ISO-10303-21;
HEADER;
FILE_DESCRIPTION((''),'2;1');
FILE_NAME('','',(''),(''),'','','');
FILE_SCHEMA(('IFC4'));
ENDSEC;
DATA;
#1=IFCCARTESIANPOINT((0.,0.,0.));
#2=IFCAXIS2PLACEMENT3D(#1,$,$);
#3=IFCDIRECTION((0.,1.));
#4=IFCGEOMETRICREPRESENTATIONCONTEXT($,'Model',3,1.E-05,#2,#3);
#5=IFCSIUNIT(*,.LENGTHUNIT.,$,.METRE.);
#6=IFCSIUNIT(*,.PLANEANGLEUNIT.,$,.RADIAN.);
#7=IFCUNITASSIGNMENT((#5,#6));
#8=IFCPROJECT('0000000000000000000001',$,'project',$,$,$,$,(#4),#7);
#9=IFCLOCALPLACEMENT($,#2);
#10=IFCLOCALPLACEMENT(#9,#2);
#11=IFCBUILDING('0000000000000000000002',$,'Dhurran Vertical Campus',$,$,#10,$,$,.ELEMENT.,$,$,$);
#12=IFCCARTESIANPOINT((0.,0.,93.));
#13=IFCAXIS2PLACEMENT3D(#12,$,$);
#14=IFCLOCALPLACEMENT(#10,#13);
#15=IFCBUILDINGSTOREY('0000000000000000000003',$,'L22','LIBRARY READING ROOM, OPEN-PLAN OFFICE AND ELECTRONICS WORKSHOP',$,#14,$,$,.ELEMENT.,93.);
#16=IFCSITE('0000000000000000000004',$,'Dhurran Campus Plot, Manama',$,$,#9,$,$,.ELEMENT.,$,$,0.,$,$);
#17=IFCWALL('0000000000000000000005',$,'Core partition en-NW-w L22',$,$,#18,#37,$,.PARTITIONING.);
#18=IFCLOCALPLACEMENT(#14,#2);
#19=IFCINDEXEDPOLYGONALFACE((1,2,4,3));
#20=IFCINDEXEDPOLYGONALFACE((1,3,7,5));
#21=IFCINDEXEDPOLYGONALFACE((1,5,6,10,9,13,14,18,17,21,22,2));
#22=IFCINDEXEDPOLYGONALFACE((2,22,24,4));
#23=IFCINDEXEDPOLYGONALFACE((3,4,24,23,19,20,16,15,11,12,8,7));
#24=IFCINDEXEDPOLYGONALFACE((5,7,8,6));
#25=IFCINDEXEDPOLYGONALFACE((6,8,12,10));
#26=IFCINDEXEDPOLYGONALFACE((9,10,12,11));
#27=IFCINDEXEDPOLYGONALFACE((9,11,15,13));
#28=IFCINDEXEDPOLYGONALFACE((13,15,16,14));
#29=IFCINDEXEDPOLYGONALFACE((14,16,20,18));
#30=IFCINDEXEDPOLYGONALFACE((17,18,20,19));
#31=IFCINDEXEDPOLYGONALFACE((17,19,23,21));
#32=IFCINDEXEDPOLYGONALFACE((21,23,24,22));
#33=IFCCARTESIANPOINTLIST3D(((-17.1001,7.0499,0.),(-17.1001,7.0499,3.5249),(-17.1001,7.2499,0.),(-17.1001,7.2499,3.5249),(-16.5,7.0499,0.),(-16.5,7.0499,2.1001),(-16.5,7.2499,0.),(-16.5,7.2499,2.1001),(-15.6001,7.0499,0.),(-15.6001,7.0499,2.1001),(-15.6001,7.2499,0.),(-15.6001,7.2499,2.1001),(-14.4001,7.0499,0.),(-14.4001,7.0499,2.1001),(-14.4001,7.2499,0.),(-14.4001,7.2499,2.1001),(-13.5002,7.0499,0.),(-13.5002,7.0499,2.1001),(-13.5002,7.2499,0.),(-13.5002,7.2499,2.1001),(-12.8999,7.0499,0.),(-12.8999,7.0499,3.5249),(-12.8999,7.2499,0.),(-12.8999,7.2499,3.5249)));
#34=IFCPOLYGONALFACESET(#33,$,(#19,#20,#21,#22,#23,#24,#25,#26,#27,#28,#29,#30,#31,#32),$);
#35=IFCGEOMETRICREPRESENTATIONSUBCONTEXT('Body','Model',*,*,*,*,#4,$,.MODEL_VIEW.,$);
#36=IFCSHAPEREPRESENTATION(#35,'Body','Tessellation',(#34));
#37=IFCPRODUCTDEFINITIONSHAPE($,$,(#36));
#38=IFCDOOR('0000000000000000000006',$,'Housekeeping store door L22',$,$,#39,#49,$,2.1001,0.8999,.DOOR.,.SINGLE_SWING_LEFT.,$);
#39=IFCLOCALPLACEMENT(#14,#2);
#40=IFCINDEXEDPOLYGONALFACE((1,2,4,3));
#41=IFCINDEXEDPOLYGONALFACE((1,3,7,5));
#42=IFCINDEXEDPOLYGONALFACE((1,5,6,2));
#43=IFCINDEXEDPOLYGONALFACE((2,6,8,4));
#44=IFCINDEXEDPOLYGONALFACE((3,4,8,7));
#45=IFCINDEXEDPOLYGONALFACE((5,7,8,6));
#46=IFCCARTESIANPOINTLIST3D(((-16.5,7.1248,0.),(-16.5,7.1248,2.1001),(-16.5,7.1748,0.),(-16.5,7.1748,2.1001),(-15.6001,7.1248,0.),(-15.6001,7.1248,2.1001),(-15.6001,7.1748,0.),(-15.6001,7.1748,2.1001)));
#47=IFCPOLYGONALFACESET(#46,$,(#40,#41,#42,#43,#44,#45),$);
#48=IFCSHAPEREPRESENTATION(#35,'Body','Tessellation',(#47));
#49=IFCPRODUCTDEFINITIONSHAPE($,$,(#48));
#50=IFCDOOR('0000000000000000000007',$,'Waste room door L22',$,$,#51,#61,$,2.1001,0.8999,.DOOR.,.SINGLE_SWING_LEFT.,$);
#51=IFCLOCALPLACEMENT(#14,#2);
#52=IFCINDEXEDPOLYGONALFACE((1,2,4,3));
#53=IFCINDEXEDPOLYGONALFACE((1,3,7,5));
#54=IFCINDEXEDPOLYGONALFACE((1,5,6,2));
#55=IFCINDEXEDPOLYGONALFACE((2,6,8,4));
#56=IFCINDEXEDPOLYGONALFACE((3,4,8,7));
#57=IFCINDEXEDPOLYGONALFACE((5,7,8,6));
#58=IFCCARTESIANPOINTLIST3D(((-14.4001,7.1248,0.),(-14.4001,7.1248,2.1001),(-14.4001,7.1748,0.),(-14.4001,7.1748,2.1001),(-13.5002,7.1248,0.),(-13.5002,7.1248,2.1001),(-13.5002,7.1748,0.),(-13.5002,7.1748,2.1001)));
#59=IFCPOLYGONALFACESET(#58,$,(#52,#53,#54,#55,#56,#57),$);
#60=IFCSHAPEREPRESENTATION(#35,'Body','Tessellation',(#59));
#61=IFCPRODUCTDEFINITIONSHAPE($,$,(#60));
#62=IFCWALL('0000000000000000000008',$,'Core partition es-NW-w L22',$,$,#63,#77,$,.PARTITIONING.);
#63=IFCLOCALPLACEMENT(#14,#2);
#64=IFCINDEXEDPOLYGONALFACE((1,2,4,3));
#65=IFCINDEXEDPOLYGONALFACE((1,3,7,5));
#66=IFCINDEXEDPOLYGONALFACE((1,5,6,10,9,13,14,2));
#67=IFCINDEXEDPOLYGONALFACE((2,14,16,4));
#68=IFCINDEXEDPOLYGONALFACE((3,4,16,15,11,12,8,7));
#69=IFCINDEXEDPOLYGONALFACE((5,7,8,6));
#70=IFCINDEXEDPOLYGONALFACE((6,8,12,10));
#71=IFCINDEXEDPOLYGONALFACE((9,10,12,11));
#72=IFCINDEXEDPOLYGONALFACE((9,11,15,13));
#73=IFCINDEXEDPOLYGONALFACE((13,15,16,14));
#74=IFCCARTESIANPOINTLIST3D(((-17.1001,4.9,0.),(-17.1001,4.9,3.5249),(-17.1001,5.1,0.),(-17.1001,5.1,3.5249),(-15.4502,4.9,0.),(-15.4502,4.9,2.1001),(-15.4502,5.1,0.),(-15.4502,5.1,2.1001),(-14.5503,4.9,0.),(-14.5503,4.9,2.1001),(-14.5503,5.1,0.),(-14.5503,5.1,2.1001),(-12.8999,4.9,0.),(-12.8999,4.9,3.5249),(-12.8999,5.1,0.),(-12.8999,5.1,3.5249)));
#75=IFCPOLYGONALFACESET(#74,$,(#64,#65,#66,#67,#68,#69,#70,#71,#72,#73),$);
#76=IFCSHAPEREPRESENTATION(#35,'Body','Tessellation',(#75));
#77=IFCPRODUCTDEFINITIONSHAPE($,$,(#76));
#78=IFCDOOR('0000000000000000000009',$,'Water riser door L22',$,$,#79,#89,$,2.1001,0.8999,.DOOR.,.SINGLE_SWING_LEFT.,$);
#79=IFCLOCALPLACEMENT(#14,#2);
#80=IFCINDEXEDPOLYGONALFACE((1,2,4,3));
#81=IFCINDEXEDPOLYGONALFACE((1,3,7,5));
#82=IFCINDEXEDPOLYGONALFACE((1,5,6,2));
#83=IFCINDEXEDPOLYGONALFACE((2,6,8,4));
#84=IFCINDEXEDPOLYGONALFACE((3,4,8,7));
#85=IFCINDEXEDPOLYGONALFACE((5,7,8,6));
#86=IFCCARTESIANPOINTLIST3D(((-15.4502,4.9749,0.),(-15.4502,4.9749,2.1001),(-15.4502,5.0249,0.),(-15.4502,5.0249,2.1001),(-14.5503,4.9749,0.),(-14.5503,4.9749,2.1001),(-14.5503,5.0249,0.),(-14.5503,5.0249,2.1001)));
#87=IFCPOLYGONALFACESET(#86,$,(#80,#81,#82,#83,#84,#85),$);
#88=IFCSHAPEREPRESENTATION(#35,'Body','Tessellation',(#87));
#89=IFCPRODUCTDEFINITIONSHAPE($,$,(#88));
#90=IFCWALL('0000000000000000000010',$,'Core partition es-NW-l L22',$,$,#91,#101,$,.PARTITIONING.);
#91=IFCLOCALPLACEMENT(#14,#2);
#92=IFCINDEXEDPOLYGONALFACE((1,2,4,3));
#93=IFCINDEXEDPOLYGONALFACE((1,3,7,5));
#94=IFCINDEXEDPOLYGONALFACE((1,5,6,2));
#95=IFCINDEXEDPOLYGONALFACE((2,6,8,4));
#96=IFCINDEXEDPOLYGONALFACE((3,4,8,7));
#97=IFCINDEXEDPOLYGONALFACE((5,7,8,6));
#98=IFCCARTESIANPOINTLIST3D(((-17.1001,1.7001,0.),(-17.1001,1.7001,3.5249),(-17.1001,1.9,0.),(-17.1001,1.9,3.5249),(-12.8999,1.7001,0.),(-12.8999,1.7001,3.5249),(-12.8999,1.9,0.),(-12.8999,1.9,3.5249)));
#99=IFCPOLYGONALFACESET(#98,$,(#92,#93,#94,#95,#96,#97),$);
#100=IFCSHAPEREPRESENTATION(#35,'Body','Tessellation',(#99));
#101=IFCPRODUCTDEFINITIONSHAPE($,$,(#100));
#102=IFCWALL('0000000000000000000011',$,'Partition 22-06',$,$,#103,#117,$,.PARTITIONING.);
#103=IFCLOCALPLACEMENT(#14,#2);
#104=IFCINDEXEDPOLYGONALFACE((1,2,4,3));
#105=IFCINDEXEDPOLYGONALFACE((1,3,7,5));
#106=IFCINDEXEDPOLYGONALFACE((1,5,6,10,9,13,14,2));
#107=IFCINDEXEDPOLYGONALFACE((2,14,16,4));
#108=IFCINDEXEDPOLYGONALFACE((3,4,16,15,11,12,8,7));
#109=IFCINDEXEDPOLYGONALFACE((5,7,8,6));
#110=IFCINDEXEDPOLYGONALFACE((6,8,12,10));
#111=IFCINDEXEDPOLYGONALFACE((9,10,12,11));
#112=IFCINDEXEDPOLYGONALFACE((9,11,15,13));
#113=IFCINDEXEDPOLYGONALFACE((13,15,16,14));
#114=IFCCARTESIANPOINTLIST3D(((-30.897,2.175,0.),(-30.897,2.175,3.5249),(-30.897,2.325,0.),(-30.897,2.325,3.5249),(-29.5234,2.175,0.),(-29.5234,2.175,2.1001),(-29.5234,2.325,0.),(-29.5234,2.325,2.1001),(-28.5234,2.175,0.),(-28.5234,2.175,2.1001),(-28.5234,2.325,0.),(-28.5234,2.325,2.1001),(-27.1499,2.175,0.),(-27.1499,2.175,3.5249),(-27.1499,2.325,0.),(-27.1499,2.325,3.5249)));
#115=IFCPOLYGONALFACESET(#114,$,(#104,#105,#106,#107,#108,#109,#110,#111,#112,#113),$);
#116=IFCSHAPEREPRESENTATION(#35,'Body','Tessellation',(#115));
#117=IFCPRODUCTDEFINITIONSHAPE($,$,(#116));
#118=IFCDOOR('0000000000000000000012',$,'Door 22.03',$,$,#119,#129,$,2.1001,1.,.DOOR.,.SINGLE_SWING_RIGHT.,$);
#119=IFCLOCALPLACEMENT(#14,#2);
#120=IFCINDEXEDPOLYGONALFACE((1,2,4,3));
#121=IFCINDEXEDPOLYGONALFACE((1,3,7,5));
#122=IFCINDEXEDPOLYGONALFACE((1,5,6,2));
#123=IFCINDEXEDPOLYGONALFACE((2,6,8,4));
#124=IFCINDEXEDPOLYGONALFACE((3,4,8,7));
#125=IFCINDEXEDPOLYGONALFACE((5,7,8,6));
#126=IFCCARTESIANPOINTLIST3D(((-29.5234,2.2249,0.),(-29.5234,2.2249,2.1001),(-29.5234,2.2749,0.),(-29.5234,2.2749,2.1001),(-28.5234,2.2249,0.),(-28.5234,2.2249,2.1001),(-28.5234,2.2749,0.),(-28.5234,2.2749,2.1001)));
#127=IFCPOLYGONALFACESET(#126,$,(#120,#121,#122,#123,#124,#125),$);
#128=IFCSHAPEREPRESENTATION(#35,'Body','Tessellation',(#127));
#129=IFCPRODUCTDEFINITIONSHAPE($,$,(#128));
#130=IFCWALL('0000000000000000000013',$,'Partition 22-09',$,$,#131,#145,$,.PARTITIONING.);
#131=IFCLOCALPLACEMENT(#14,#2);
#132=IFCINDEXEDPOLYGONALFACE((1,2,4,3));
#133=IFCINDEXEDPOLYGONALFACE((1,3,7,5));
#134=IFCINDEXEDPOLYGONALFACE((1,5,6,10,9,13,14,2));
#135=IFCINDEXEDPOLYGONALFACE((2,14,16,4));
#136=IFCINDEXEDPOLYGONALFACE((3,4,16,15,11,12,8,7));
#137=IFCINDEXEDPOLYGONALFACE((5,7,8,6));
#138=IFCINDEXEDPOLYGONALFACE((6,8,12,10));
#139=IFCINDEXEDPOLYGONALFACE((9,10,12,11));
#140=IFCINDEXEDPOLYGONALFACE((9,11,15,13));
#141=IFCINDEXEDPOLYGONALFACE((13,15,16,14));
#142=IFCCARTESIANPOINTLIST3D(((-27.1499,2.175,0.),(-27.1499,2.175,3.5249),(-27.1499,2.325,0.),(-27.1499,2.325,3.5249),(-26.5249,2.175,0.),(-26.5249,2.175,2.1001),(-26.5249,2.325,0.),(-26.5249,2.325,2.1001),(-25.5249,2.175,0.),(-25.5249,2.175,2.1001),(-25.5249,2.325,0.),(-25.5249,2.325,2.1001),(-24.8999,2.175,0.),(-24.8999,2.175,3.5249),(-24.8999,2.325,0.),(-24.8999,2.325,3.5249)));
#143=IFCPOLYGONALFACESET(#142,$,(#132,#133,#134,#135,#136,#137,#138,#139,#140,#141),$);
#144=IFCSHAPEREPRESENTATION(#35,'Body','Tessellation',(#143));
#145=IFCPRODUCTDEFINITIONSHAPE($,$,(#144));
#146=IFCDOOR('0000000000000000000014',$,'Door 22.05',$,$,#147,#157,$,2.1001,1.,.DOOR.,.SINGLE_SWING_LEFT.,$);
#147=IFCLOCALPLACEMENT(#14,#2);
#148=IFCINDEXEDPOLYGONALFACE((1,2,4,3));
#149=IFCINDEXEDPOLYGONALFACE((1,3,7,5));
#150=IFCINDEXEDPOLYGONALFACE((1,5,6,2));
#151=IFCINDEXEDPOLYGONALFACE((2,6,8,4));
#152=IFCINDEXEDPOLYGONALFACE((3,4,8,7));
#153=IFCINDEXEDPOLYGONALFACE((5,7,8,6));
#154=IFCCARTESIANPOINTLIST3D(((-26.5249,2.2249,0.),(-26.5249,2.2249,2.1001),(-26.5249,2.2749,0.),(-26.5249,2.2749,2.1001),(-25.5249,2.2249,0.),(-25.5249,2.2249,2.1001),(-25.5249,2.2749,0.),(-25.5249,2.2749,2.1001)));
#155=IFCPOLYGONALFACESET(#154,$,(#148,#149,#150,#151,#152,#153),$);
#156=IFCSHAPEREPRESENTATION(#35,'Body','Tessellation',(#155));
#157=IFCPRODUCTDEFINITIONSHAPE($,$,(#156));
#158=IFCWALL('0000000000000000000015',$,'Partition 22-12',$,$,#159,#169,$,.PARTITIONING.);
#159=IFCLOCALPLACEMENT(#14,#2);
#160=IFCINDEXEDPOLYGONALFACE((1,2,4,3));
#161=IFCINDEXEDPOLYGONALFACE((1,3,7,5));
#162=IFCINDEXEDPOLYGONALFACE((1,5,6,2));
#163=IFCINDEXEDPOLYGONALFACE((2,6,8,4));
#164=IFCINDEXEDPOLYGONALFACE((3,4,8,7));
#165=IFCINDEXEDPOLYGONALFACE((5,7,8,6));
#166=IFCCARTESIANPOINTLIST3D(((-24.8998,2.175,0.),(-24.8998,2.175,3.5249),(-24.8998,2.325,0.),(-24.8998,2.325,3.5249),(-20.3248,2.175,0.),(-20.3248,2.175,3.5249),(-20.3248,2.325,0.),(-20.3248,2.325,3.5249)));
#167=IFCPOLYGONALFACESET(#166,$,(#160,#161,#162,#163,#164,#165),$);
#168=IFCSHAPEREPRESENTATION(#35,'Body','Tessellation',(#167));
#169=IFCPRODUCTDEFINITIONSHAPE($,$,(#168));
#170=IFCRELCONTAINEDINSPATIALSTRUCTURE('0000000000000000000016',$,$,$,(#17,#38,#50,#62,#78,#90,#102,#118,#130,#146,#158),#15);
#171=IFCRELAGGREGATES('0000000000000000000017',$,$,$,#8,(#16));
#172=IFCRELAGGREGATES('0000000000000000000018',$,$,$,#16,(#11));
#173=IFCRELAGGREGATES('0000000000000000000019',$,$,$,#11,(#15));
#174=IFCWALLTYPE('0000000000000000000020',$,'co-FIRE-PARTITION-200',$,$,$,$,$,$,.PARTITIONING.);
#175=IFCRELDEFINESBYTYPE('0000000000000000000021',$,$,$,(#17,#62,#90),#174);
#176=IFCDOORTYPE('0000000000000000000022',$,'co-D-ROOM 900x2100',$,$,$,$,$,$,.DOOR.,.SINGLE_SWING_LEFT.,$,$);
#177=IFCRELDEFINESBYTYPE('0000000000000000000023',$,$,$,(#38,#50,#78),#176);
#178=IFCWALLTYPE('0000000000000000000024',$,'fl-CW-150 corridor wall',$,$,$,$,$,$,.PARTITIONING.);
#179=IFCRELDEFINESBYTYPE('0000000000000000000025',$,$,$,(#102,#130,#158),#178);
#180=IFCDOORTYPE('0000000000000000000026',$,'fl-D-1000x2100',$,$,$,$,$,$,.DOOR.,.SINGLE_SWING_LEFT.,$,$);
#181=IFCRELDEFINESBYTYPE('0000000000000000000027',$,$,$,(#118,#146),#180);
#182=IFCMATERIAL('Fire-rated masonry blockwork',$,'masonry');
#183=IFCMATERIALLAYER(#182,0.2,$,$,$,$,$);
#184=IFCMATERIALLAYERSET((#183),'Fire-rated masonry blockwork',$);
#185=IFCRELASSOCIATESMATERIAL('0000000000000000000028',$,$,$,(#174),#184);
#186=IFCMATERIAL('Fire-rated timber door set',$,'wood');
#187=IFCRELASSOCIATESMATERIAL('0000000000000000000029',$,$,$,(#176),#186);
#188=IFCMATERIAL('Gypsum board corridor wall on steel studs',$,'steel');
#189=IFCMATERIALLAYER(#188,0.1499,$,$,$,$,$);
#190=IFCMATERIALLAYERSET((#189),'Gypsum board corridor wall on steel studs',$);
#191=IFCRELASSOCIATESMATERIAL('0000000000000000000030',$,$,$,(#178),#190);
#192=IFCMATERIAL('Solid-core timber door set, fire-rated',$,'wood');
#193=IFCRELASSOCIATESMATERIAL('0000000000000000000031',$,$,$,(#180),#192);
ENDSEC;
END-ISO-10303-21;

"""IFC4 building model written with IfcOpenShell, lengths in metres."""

from ifc_helpers import new_model, si_unit, direction, frame, frame_2d, origin, place, context, subcontext, project, spatial, rectangle, extrude, material, layer, layer_set, type_object, element, fill, save


model = new_model("IFC4")

# Units and contexts
model_context = context("Model", 3, precision=1e-05, world=origin(), true_north=direction((0.0, 1.0)))
body_context = subcontext(model_context, "Body", "Model", "MODEL_VIEW")
ifc_project = project(units=[si_unit("LENGTHUNIT", "METRE"), si_unit("PLANEANGLEUNIT", "RADIAN")], contexts=[model_context])

# Site, building, storey
site_placement = place(None, origin())
site = spatial("IfcSite", under=ifc_project, at=site_placement, Name="Dhurran Campus Plot, Manama", CompositionType="ELEMENT", RefElevation=0.0)
building_placement = place(site_placement, origin())
building = spatial("IfcBuilding", under=site, at=building_placement, Name="Dhurran Vertical Campus", CompositionType="ELEMENT")
storey_placement = place(building_placement, frame((0.0, 0.0, 93.0)))
storey = spatial("IfcBuildingStorey", under=building, at=storey_placement, Name="L22", Description="LIBRARY READING ROOM, OPEN-PLAN OFFICE AND ELECTRONICS WORKSHOP", CompositionType="ELEMENT", Elevation=93.0)

# Shared definitions
ifc_material_1 = material(Name="Fire-rated masonry blockwork", Category="masonry")
ifc_layer_1 = layer(ifc_material_1, 0.2)
ifc_layer_set_1 = layer_set([ifc_layer_1], Name="Fire-rated masonry blockwork")
wall_type_1 = type_object("IfcWallType", Name="co-FIRE-PARTITION-200", PredefinedType="PARTITIONING", material=ifc_layer_set_1)

# Wall, openings, doors
wall_1_placement = place(storey_placement, frame((-17.1001, 7.1499, 0.0), z_axis=(0.0, 0.0, 1.0), x_axis=(1.0, 0.0, 0.0)))
wall_1 = element("IfcWall", 1, at=wall_1_placement, inside=storey, type_object=wall_type_1, Name="Core partition en-NW-w L22", PredefinedType="PARTITIONING", context=body_context, shape_type="SweptSolid", body=[
    extrude(rectangle(XDim=4.2002, YDim=0.2, at=frame_2d((2.1001, 0.0))), origin(), (0.0, 0.0, 1.0), 3.5249),
])
opening_1_placement = place(wall_1_placement, frame((0.6001, 0.0, 0.0)))
opening_1 = element("IfcOpeningElement", 2, at=opening_1_placement, cuts=wall_1, PredefinedType="OPENING", context=body_context, shape_type="SweptSolid", body=[
    extrude(rectangle(XDim=0.8999, YDim=2.1001, at=frame_2d((0.45, 1.05))), frame((0.0, 0.1099, 0.0), z_axis=(0.0, -1.0, 0.0), x_axis=(1.0, 0.0, 0.0)), (0.0, 0.0, 1.0), 0.22),
])
opening_2_placement = place(wall_1_placement, frame((2.7, 0.0, 0.0)))
opening_2 = element("IfcOpeningElement", 3, at=opening_2_placement, cuts=wall_1, PredefinedType="OPENING", context=body_context, shape_type="SweptSolid", body=[
    extrude(rectangle(XDim=0.8999, YDim=2.1001, at=frame_2d((0.45, 1.05))), frame((0.0, 0.1099, 0.0), z_axis=(0.0, -1.0, 0.0), x_axis=(1.0, 0.0, 0.0)), (0.0, 0.0, 1.0), 0.22),
])
ifc_material_2 = material(Name="Fire-rated timber door set", Category="wood")
door_type_1 = type_object("IfcDoorType", Name="co-D-ROOM 900x2100", OperationType="SINGLE_SWING_LEFT", PredefinedType="DOOR", material=ifc_material_2)
door_1_placement = place(opening_1_placement, origin())
door_1 = element("IfcDoor", 4, at=door_1_placement, inside=storey, type_object=door_type_1, Name="Housekeeping store door L22", OperationType="SINGLE_SWING_LEFT", OverallHeight=2.1001, OverallWidth=0.8999, PredefinedType="DOOR", context=body_context, shape_type="SweptSolid", body=[
    extrude(rectangle(XDim=0.8999, YDim=2.1001, at=frame_2d((0.45, 1.05))), frame((0.0, 0.0249, 0.0), z_axis=(0.0, -1.0, 0.0), x_axis=(1.0, 0.0, 0.0)), (0.0, 0.0, 1.0), 0.05),
])
fill(opening_1, door_1)
door_2_placement = place(opening_2_placement, origin())
door_2 = element("IfcDoor", 5, at=door_2_placement, inside=storey, type_object=door_type_1, Name="Waste room door L22", OperationType="SINGLE_SWING_LEFT", OverallHeight=2.1001, OverallWidth=0.8999, PredefinedType="DOOR", context=body_context, shape_type="SweptSolid", body=[
    extrude(rectangle(XDim=0.8999, YDim=2.1001, at=frame_2d((0.45, 1.05))), frame((0.0, 0.0249, 0.0), z_axis=(0.0, -1.0, 0.0), x_axis=(1.0, 0.0, 0.0)), (0.0, 0.0, 1.0), 0.05),
])
fill(opening_2, door_2)

# Wall, opening, door
wall_2_placement = place(storey_placement, frame((-17.1001, 5.0, 0.0), z_axis=(0.0, 0.0, 1.0), x_axis=(1.0, 0.0, 0.0)))
wall_2 = element("IfcWall", 6, at=wall_2_placement, inside=storey, type_object=wall_type_1, Name="Core partition es-NW-w L22", PredefinedType="PARTITIONING", context=body_context, shape_type="SweptSolid", body=[
    extrude(rectangle(XDim=4.2002, YDim=0.2, at=frame_2d((2.1001, 0.0))), origin(), (0.0, 0.0, 1.0), 3.5249),
])
opening_3_placement = place(wall_2_placement, frame((1.6499, 0.0, 0.0)))
opening_3 = element("IfcOpeningElement", 7, at=opening_3_placement, cuts=wall_2, PredefinedType="OPENING", context=body_context, shape_type="SweptSolid", body=[
    extrude(rectangle(XDim=0.8999, YDim=2.1001, at=frame_2d((0.45, 1.05))), frame((0.0, 0.1099, 0.0), z_axis=(0.0, -1.0, 0.0), x_axis=(1.0, 0.0, 0.0)), (0.0, 0.0, 1.0), 0.22),
])
door_3_placement = place(opening_3_placement, origin())
door_3 = element("IfcDoor", 8, at=door_3_placement, inside=storey, type_object=door_type_1, Name="Water riser door L22", OperationType="SINGLE_SWING_LEFT", OverallHeight=2.1001, OverallWidth=0.8999, PredefinedType="DOOR", context=body_context, shape_type="SweptSolid", body=[
    extrude(rectangle(XDim=0.8999, YDim=2.1001, at=frame_2d((0.45, 1.05))), frame((0.0, 0.0249, 0.0), z_axis=(0.0, -1.0, 0.0), x_axis=(1.0, 0.0, 0.0)), (0.0, 0.0, 1.0), 0.05),
])
fill(opening_3, door_3)

# Wall
wall_3_placement = place(storey_placement, frame((-17.1001, 1.8, 0.0), z_axis=(0.0, 0.0, 1.0), x_axis=(1.0, 0.0, 0.0)))
element("IfcWall", 9, at=wall_3_placement, inside=storey, type_object=wall_type_1, Name="Core partition es-NW-l L22", PredefinedType="PARTITIONING", context=body_context, shape_type="SweptSolid", body=[
    extrude(rectangle(XDim=4.2002, YDim=0.2, at=frame_2d((2.1001, 0.0))), origin(), (0.0, 0.0, 1.0), 3.5249),
])

# Walls, openings, doors
ifc_material_3 = material(Name="Gypsum board corridor wall on steel studs", Category="steel")
ifc_layer_2 = layer(ifc_material_3, 0.1499)
ifc_layer_set_2 = layer_set([ifc_layer_2], Name="Gypsum board corridor wall on steel studs")
wall_type_2 = type_object("IfcWallType", Name="fl-CW-150 corridor wall", PredefinedType="PARTITIONING", material=ifc_layer_set_2)
wall_4_placement = place(storey_placement, frame((-30.897, 2.25, 0.0), z_axis=(0.0, 0.0, 1.0), x_axis=(1.0, 0.0, 0.0)))
wall_4 = element("IfcWall", 10, at=wall_4_placement, inside=storey, type_object=wall_type_2, Name="Partition 22-06", PredefinedType="PARTITIONING", context=body_context, shape_type="SweptSolid", body=[
    extrude(rectangle(XDim=3.7471, YDim=0.1499, at=frame_2d((1.8735, 0.0))), origin(), (0.0, 0.0, 1.0), 3.5249),
])
opening_4_placement = place(wall_4_placement, frame((1.3735, 0.0, 0.0)))
opening_4 = element("IfcOpeningElement", 11, at=opening_4_placement, cuts=wall_4, PredefinedType="OPENING", context=body_context, shape_type="SweptSolid", body=[
    extrude(rectangle(XDim=1.0, YDim=2.1001, at=frame_2d((0.5, 1.05))), frame((0.0, 0.085, 0.0), z_axis=(0.0, -1.0, 0.0), x_axis=(1.0, 0.0, 0.0)), (0.0, 0.0, 1.0), 0.1699),
])
ifc_material_4 = material(Name="Solid-core timber door set, fire-rated", Category="wood")
door_type_2 = type_object("IfcDoorType", Name="fl-D-1000x2100", OperationType="SINGLE_SWING_LEFT", PredefinedType="DOOR", material=ifc_material_4)
door_4_placement = place(opening_4_placement, origin())
door_4 = element("IfcDoor", 12, at=door_4_placement, inside=storey, type_object=door_type_2, Name="Door 22.03", OperationType="SINGLE_SWING_RIGHT", OverallHeight=2.1001, OverallWidth=1.0, PredefinedType="DOOR", context=body_context, shape_type="SweptSolid", body=[
    extrude(rectangle(XDim=1.0, YDim=2.1001, at=frame_2d((0.5, 1.05))), frame((0.0, 0.0249, 0.0), z_axis=(0.0, -1.0, 0.0), x_axis=(1.0, 0.0, 0.0)), (0.0, 0.0, 1.0), 0.05),
])
fill(opening_4, door_4)
wall_5_placement = place(storey_placement, frame((-27.1499, 2.25, 0.0), z_axis=(0.0, 0.0, 1.0), x_axis=(1.0, 0.0, 0.0)))
wall_5 = element("IfcWall", 13, at=wall_5_placement, inside=storey, type_object=wall_type_2, Name="Partition 22-09", PredefinedType="PARTITIONING", context=body_context, shape_type="SweptSolid", body=[
    extrude(rectangle(XDim=2.25, YDim=0.1499, at=frame_2d((1.125, 0.0))), origin(), (0.0, 0.0, 1.0), 3.5249),
])
opening_5_placement = place(wall_5_placement, frame((0.625, 0.0, 0.0)))
opening_5 = element("IfcOpeningElement", 14, at=opening_5_placement, cuts=wall_5, PredefinedType="OPENING", context=body_context, shape_type="SweptSolid", body=[
    extrude(rectangle(XDim=1.0, YDim=2.1001, at=frame_2d((0.5, 1.05))), frame((0.0, 0.085, 0.0), z_axis=(0.0, -1.0, 0.0), x_axis=(1.0, 0.0, 0.0)), (0.0, 0.0, 1.0), 0.1699),
])
door_5_placement = place(opening_5_placement, origin())
door_5 = element("IfcDoor", 15, at=door_5_placement, inside=storey, type_object=door_type_2, Name="Door 22.05", OperationType="SINGLE_SWING_LEFT", OverallHeight=2.1001, OverallWidth=1.0, PredefinedType="DOOR", context=body_context, shape_type="SweptSolid", body=[
    extrude(rectangle(XDim=1.0, YDim=2.1001, at=frame_2d((0.5, 1.05))), frame((0.0, 0.0249, 0.0), z_axis=(0.0, -1.0, 0.0), x_axis=(1.0, 0.0, 0.0)), (0.0, 0.0, 1.0), 0.05),
])
fill(opening_5, door_5)

# Wall
wall_6_placement = place(storey_placement, frame((-24.8999, 2.25, 0.0), z_axis=(0.0, 0.0, 1.0), x_axis=(1.0, 0.0, 0.0)))
element("IfcWall", 16, at=wall_6_placement, inside=storey, type_object=wall_type_2, Name="Partition 22-12", PredefinedType="PARTITIONING", context=body_context, shape_type="SweptSolid", body=[
    extrude(rectangle(XDim=4.575, YDim=0.1499, at=frame_2d((2.2876, 0.0))), origin(), (0.0, 0.0, 1.0), 3.5249),
])

save(model, "model.ifc")
